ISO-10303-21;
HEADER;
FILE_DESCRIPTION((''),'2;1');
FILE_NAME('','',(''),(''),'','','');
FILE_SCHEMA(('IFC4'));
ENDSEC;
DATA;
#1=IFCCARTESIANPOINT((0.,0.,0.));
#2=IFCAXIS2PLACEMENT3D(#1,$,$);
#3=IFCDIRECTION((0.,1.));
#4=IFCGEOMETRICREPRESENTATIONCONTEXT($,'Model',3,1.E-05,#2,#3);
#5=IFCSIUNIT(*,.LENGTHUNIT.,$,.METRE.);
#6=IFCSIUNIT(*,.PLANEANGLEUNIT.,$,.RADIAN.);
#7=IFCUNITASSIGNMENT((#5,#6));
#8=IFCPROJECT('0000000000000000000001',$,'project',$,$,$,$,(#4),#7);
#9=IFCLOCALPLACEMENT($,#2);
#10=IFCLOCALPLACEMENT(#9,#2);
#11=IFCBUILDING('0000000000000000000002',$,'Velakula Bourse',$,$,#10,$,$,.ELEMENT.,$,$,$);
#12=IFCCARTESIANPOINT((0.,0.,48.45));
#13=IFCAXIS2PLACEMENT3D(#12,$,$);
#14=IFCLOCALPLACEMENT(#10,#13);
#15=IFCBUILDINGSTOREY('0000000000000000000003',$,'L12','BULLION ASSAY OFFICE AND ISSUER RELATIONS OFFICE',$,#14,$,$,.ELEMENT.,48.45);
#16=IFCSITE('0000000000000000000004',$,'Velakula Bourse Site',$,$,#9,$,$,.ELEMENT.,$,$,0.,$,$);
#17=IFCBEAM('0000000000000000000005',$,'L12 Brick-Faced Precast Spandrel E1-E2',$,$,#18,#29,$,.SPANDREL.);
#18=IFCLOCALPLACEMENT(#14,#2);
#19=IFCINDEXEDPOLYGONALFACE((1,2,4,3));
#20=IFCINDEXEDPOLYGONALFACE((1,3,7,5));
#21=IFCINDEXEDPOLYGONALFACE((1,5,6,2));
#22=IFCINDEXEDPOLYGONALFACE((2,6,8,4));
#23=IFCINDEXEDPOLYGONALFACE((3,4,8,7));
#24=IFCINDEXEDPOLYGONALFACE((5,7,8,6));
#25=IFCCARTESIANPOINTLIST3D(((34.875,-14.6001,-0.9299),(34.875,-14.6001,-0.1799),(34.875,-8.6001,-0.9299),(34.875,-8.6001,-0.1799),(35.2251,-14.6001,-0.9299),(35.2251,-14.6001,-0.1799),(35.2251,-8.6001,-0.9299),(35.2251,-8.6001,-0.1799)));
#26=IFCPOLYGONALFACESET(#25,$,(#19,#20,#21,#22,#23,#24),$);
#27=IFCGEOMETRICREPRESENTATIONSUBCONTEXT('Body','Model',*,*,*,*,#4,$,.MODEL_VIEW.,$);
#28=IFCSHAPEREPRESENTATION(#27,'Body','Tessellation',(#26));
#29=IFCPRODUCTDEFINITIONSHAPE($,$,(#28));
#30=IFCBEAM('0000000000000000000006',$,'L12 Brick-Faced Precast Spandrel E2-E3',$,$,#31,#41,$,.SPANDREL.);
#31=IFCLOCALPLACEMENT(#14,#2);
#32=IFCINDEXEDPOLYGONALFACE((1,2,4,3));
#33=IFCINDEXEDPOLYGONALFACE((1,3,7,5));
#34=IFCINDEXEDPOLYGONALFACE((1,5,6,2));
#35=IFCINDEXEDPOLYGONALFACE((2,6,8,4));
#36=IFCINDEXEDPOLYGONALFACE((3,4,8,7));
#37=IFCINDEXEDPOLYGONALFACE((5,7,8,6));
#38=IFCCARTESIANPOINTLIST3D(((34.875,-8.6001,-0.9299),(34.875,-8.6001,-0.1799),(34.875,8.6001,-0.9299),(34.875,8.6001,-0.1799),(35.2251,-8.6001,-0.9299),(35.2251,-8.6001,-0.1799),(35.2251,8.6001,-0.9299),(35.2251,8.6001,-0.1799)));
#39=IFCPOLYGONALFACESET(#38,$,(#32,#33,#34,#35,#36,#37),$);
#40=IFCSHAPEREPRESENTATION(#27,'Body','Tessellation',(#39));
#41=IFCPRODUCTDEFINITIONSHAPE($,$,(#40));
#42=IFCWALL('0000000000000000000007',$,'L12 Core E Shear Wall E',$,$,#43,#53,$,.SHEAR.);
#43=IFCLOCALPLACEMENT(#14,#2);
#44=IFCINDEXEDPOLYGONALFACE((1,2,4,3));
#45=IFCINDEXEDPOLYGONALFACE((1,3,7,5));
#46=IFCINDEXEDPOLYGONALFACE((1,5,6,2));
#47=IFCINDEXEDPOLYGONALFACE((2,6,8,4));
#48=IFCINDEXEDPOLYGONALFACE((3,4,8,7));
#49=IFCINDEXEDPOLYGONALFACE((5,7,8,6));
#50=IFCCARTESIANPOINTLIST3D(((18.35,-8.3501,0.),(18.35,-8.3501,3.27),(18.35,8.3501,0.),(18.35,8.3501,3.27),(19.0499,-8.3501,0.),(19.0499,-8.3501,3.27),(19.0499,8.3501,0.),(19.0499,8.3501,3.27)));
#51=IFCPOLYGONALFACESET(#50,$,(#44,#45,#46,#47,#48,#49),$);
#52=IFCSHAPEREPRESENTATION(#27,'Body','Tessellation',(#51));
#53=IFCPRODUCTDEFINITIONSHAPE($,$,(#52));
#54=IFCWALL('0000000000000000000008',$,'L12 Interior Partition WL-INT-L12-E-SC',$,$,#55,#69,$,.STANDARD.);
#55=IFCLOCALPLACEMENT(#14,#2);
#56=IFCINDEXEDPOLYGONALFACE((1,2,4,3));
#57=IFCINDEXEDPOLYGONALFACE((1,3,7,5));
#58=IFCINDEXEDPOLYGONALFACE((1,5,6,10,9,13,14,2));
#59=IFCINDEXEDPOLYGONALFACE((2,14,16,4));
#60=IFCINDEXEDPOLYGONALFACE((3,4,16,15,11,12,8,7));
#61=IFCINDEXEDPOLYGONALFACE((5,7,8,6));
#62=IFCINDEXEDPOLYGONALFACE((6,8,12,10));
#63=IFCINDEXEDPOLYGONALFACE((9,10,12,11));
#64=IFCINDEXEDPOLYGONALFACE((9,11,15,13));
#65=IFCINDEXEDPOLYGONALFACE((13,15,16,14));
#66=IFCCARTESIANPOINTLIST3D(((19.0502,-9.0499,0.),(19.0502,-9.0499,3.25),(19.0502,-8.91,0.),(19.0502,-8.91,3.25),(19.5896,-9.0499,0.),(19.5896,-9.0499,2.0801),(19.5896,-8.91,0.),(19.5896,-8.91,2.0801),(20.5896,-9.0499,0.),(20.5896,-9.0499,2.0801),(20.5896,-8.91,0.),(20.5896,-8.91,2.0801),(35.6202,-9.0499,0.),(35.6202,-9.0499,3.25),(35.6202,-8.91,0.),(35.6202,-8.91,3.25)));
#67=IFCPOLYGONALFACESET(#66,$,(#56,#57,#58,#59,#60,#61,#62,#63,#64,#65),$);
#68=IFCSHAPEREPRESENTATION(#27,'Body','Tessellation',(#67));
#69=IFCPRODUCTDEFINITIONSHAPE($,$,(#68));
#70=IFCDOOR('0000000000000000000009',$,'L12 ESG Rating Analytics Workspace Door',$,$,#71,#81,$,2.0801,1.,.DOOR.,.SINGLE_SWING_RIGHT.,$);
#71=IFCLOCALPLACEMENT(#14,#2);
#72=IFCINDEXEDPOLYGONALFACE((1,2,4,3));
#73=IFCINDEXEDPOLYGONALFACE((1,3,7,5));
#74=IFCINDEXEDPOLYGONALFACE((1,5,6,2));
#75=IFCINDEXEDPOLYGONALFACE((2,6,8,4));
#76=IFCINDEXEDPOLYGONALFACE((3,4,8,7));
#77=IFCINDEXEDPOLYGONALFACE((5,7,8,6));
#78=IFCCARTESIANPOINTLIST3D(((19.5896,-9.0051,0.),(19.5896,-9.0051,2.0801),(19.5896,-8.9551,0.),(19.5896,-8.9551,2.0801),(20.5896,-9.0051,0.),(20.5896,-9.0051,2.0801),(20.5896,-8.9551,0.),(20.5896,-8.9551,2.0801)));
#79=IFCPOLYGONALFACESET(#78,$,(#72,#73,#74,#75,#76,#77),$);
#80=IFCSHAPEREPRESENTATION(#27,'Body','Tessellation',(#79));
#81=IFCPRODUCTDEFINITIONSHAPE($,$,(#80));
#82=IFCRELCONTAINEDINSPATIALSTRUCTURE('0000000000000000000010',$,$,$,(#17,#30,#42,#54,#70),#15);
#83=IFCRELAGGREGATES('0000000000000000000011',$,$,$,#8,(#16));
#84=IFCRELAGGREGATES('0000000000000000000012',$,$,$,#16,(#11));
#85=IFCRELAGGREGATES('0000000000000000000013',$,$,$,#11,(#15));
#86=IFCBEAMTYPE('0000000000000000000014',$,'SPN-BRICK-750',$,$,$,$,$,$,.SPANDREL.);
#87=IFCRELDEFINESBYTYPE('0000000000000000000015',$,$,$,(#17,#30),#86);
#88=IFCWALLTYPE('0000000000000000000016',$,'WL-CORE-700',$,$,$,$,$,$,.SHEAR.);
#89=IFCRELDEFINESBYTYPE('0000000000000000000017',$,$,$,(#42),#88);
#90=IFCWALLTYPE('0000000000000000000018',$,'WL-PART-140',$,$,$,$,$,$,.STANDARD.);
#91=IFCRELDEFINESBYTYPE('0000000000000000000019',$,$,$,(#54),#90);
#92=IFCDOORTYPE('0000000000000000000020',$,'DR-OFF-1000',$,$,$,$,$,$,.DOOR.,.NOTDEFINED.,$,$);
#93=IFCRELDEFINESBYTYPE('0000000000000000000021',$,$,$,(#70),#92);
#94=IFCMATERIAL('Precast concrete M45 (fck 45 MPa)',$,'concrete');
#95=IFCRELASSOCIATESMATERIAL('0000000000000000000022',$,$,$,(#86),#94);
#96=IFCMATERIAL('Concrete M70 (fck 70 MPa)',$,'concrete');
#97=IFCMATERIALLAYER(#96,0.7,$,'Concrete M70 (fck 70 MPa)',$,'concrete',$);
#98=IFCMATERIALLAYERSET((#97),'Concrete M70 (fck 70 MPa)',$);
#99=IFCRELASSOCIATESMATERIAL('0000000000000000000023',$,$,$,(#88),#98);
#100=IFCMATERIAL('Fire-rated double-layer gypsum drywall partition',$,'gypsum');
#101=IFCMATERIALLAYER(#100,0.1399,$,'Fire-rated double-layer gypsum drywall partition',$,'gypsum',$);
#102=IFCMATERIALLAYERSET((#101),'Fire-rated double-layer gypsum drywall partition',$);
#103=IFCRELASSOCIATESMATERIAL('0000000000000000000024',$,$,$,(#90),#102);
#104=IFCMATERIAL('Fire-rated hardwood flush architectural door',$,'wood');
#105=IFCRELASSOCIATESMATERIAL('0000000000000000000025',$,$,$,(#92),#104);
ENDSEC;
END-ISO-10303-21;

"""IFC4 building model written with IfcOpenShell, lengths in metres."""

from ifc_helpers import new_model, si_unit, direction, frame, frame_2d, origin, origin_2d, place, context, subcontext, project, spatial, rectangle, extrude, material, layer, layer_set, material_profile, profile_set, type_object, element, fill, save


model = new_model("IFC4")

# Units and contexts
model_context = context("Model", 3, precision=1e-05, world=origin(), true_north=direction((0.0, 1.0)))
body_context = subcontext(model_context, "Body", "Model", "MODEL_VIEW")
ifc_project = project(units=[si_unit("LENGTHUNIT", "METRE"), si_unit("PLANEANGLEUNIT", "RADIAN")], contexts=[model_context])

# Site, building, storey
site_placement = place(None, origin())
site = spatial("IfcSite", under=ifc_project, at=site_placement, Name="Velakula Bourse Site", CompositionType="ELEMENT", RefElevation=0.0)
building_placement = place(site_placement, origin())
building = spatial("IfcBuilding", under=site, at=building_placement, Name="Velakula Bourse", CompositionType="ELEMENT")
storey_placement = place(building_placement, frame((0.0, 0.0, 48.45)))
storey = spatial("IfcBuildingStorey", under=building, at=storey_placement, Name="L12", Description="BULLION ASSAY OFFICE AND ISSUER RELATIONS OFFICE", CompositionType="ELEMENT", Elevation=48.45)

# Shared definitions
ifc_material_1 = material(Name="Concrete M70 (fck 70 MPa)", Category="concrete")

# Beams
ifc_material_2 = material(Name="Precast concrete M45 (fck 45 MPa)", Category="concrete")
ifc_material_profile_1 = material_profile(ifc_material_2, rectangle(XDim=0.3501, YDim=0.75, at=origin_2d()), Name="Precast concrete M45 (fck 45 MPa)")
ifc_profile_set_1 = profile_set([ifc_material_profile_1], Name="Precast concrete M45 (fck 45 MPa)")
beam_type_1 = type_object("IfcBeamType", Name="SPN-BRICK-750", PredefinedType="SPANDREL", material=ifc_profile_set_1)
beam_1_placement = place(storey_placement, frame((35.05, -14.6001, -0.5549), z_axis=(0.0, 1.0, 0.0), x_axis=(-1.0, 0.0, 0.0)))
element("IfcBeam", 1, at=beam_1_placement, inside=storey, type_object=beam_type_1, Name="L12 Brick-Faced Precast Spandrel E1-E2", PredefinedType="SPANDREL", context=body_context, shape_type="SweptSolid", body=[
    extrude(rectangle(XDim=0.3501, YDim=0.75, at=origin_2d()), origin(), (0.0, 0.0, 1.0), 6.0),
])
beam_2_placement = place(storey_placement, frame((35.05, -8.6001, -0.5549), z_axis=(0.0, 1.0, 0.0), x_axis=(-1.0, 0.0, 0.0)))
element("IfcBeam", 2, at=beam_2_placement, inside=storey, type_object=beam_type_1, Name="L12 Brick-Faced Precast Spandrel E2-E3", PredefinedType="SPANDREL", context=body_context, shape_type="SweptSolid", body=[
    extrude(rectangle(XDim=0.3501, YDim=0.75, at=origin_2d()), origin(), (0.0, 0.0, 1.0), 17.2002),
])

# Wall
ifc_layer_1 = layer(ifc_material_1, 0.7, Name="Concrete M70 (fck 70 MPa)", Category="concrete")
ifc_layer_set_1 = layer_set([ifc_layer_1], Name="Concrete M70 (fck 70 MPa)")
wall_type_1 = type_object("IfcWallType", Name="WL-CORE-700", PredefinedType="SHEAR", material=ifc_layer_set_1)
wall_1_placement = place(storey_placement, frame((18.7, -8.3501, 0.0), z_axis=(0.0, 0.0, 1.0), x_axis=(0.0, 1.0, 0.0)))
element("IfcWall", 3, at=wall_1_placement, inside=storey, type_object=wall_type_1, Name="L12 Core E Shear Wall E", PredefinedType="SHEAR", context=body_context, shape_type="SweptSolid", body=[
    extrude(rectangle(XDim=16.7002, YDim=0.7, at=frame_2d((8.3501, 0.0))), origin(), (0.0, 0.0, 1.0), 3.27),
])

# Wall, opening, door
ifc_material_3 = material(Name="Fire-rated double-layer gypsum drywall partition", Category="gypsum")
ifc_layer_2 = layer(ifc_material_3, 0.1399, Name="Fire-rated double-layer gypsum drywall partition", Category="gypsum")
ifc_layer_set_2 = layer_set([ifc_layer_2], Name="Fire-rated double-layer gypsum drywall partition")
wall_type_2 = type_object("IfcWallType", Name="WL-PART-140", PredefinedType="STANDARD", material=ifc_layer_set_2)
wall_2_placement = place(storey_placement, frame((19.05, -8.98, 0.0), z_axis=(0.0, 0.0, 1.0), x_axis=(1.0, 0.0, 0.0)))
wall_2 = element("IfcWall", 4, at=wall_2_placement, inside=storey, type_object=wall_type_2, Name="L12 Interior Partition WL-INT-L12-E-SC", PredefinedType="STANDARD", context=body_context, shape_type="SweptSolid", body=[
    extrude(rectangle(XDim=16.5701, YDim=0.1399, at=frame_2d((8.2852, 0.0))), origin(), (0.0, 0.0, 1.0), 3.25),
])
opening_placement = place(wall_2_placement, frame((0.5396, 0.0, 0.0)))
opening = element("IfcOpeningElement", 5, at=opening_placement, cuts=wall_2, PredefinedType="OPENING", context=body_context, shape_type="SweptSolid", body=[
    extrude(rectangle(XDim=1.0, YDim=2.0801, at=frame_2d((0.5, 1.04))), frame((0.0, 0.0798, 0.0), z_axis=(0.0, -1.0, 0.0), x_axis=(1.0, 0.0, 0.0)), (0.0, 0.0, 1.0), 0.1599),
])
ifc_material_4 = material(Name="Fire-rated hardwood flush architectural door", Category="wood")
door_type = type_object("IfcDoorType", Name="DR-OFF-1000", OperationType="NOTDEFINED", PredefinedType="DOOR", material=ifc_material_4)
door_placement = place(opening_placement, origin())
door = element("IfcDoor", 6, at=door_placement, inside=storey, type_object=door_type, Name="L12 ESG Rating Analytics Workspace Door", OperationType="SINGLE_SWING_RIGHT", OverallHeight=2.0801, OverallWidth=1.0, PredefinedType="DOOR", context=body_context, shape_type="SweptSolid", body=[
    extrude(rectangle(XDim=1.0, YDim=2.0801, at=frame_2d((0.5, 1.04))), frame((0.0, 0.0249, 0.0), z_axis=(0.0, -1.0, 0.0), x_axis=(1.0, 0.0, 0.0)), (0.0, 0.0, 1.0), 0.05),
])
fill(opening, door)

save(model, "model.ifc")
